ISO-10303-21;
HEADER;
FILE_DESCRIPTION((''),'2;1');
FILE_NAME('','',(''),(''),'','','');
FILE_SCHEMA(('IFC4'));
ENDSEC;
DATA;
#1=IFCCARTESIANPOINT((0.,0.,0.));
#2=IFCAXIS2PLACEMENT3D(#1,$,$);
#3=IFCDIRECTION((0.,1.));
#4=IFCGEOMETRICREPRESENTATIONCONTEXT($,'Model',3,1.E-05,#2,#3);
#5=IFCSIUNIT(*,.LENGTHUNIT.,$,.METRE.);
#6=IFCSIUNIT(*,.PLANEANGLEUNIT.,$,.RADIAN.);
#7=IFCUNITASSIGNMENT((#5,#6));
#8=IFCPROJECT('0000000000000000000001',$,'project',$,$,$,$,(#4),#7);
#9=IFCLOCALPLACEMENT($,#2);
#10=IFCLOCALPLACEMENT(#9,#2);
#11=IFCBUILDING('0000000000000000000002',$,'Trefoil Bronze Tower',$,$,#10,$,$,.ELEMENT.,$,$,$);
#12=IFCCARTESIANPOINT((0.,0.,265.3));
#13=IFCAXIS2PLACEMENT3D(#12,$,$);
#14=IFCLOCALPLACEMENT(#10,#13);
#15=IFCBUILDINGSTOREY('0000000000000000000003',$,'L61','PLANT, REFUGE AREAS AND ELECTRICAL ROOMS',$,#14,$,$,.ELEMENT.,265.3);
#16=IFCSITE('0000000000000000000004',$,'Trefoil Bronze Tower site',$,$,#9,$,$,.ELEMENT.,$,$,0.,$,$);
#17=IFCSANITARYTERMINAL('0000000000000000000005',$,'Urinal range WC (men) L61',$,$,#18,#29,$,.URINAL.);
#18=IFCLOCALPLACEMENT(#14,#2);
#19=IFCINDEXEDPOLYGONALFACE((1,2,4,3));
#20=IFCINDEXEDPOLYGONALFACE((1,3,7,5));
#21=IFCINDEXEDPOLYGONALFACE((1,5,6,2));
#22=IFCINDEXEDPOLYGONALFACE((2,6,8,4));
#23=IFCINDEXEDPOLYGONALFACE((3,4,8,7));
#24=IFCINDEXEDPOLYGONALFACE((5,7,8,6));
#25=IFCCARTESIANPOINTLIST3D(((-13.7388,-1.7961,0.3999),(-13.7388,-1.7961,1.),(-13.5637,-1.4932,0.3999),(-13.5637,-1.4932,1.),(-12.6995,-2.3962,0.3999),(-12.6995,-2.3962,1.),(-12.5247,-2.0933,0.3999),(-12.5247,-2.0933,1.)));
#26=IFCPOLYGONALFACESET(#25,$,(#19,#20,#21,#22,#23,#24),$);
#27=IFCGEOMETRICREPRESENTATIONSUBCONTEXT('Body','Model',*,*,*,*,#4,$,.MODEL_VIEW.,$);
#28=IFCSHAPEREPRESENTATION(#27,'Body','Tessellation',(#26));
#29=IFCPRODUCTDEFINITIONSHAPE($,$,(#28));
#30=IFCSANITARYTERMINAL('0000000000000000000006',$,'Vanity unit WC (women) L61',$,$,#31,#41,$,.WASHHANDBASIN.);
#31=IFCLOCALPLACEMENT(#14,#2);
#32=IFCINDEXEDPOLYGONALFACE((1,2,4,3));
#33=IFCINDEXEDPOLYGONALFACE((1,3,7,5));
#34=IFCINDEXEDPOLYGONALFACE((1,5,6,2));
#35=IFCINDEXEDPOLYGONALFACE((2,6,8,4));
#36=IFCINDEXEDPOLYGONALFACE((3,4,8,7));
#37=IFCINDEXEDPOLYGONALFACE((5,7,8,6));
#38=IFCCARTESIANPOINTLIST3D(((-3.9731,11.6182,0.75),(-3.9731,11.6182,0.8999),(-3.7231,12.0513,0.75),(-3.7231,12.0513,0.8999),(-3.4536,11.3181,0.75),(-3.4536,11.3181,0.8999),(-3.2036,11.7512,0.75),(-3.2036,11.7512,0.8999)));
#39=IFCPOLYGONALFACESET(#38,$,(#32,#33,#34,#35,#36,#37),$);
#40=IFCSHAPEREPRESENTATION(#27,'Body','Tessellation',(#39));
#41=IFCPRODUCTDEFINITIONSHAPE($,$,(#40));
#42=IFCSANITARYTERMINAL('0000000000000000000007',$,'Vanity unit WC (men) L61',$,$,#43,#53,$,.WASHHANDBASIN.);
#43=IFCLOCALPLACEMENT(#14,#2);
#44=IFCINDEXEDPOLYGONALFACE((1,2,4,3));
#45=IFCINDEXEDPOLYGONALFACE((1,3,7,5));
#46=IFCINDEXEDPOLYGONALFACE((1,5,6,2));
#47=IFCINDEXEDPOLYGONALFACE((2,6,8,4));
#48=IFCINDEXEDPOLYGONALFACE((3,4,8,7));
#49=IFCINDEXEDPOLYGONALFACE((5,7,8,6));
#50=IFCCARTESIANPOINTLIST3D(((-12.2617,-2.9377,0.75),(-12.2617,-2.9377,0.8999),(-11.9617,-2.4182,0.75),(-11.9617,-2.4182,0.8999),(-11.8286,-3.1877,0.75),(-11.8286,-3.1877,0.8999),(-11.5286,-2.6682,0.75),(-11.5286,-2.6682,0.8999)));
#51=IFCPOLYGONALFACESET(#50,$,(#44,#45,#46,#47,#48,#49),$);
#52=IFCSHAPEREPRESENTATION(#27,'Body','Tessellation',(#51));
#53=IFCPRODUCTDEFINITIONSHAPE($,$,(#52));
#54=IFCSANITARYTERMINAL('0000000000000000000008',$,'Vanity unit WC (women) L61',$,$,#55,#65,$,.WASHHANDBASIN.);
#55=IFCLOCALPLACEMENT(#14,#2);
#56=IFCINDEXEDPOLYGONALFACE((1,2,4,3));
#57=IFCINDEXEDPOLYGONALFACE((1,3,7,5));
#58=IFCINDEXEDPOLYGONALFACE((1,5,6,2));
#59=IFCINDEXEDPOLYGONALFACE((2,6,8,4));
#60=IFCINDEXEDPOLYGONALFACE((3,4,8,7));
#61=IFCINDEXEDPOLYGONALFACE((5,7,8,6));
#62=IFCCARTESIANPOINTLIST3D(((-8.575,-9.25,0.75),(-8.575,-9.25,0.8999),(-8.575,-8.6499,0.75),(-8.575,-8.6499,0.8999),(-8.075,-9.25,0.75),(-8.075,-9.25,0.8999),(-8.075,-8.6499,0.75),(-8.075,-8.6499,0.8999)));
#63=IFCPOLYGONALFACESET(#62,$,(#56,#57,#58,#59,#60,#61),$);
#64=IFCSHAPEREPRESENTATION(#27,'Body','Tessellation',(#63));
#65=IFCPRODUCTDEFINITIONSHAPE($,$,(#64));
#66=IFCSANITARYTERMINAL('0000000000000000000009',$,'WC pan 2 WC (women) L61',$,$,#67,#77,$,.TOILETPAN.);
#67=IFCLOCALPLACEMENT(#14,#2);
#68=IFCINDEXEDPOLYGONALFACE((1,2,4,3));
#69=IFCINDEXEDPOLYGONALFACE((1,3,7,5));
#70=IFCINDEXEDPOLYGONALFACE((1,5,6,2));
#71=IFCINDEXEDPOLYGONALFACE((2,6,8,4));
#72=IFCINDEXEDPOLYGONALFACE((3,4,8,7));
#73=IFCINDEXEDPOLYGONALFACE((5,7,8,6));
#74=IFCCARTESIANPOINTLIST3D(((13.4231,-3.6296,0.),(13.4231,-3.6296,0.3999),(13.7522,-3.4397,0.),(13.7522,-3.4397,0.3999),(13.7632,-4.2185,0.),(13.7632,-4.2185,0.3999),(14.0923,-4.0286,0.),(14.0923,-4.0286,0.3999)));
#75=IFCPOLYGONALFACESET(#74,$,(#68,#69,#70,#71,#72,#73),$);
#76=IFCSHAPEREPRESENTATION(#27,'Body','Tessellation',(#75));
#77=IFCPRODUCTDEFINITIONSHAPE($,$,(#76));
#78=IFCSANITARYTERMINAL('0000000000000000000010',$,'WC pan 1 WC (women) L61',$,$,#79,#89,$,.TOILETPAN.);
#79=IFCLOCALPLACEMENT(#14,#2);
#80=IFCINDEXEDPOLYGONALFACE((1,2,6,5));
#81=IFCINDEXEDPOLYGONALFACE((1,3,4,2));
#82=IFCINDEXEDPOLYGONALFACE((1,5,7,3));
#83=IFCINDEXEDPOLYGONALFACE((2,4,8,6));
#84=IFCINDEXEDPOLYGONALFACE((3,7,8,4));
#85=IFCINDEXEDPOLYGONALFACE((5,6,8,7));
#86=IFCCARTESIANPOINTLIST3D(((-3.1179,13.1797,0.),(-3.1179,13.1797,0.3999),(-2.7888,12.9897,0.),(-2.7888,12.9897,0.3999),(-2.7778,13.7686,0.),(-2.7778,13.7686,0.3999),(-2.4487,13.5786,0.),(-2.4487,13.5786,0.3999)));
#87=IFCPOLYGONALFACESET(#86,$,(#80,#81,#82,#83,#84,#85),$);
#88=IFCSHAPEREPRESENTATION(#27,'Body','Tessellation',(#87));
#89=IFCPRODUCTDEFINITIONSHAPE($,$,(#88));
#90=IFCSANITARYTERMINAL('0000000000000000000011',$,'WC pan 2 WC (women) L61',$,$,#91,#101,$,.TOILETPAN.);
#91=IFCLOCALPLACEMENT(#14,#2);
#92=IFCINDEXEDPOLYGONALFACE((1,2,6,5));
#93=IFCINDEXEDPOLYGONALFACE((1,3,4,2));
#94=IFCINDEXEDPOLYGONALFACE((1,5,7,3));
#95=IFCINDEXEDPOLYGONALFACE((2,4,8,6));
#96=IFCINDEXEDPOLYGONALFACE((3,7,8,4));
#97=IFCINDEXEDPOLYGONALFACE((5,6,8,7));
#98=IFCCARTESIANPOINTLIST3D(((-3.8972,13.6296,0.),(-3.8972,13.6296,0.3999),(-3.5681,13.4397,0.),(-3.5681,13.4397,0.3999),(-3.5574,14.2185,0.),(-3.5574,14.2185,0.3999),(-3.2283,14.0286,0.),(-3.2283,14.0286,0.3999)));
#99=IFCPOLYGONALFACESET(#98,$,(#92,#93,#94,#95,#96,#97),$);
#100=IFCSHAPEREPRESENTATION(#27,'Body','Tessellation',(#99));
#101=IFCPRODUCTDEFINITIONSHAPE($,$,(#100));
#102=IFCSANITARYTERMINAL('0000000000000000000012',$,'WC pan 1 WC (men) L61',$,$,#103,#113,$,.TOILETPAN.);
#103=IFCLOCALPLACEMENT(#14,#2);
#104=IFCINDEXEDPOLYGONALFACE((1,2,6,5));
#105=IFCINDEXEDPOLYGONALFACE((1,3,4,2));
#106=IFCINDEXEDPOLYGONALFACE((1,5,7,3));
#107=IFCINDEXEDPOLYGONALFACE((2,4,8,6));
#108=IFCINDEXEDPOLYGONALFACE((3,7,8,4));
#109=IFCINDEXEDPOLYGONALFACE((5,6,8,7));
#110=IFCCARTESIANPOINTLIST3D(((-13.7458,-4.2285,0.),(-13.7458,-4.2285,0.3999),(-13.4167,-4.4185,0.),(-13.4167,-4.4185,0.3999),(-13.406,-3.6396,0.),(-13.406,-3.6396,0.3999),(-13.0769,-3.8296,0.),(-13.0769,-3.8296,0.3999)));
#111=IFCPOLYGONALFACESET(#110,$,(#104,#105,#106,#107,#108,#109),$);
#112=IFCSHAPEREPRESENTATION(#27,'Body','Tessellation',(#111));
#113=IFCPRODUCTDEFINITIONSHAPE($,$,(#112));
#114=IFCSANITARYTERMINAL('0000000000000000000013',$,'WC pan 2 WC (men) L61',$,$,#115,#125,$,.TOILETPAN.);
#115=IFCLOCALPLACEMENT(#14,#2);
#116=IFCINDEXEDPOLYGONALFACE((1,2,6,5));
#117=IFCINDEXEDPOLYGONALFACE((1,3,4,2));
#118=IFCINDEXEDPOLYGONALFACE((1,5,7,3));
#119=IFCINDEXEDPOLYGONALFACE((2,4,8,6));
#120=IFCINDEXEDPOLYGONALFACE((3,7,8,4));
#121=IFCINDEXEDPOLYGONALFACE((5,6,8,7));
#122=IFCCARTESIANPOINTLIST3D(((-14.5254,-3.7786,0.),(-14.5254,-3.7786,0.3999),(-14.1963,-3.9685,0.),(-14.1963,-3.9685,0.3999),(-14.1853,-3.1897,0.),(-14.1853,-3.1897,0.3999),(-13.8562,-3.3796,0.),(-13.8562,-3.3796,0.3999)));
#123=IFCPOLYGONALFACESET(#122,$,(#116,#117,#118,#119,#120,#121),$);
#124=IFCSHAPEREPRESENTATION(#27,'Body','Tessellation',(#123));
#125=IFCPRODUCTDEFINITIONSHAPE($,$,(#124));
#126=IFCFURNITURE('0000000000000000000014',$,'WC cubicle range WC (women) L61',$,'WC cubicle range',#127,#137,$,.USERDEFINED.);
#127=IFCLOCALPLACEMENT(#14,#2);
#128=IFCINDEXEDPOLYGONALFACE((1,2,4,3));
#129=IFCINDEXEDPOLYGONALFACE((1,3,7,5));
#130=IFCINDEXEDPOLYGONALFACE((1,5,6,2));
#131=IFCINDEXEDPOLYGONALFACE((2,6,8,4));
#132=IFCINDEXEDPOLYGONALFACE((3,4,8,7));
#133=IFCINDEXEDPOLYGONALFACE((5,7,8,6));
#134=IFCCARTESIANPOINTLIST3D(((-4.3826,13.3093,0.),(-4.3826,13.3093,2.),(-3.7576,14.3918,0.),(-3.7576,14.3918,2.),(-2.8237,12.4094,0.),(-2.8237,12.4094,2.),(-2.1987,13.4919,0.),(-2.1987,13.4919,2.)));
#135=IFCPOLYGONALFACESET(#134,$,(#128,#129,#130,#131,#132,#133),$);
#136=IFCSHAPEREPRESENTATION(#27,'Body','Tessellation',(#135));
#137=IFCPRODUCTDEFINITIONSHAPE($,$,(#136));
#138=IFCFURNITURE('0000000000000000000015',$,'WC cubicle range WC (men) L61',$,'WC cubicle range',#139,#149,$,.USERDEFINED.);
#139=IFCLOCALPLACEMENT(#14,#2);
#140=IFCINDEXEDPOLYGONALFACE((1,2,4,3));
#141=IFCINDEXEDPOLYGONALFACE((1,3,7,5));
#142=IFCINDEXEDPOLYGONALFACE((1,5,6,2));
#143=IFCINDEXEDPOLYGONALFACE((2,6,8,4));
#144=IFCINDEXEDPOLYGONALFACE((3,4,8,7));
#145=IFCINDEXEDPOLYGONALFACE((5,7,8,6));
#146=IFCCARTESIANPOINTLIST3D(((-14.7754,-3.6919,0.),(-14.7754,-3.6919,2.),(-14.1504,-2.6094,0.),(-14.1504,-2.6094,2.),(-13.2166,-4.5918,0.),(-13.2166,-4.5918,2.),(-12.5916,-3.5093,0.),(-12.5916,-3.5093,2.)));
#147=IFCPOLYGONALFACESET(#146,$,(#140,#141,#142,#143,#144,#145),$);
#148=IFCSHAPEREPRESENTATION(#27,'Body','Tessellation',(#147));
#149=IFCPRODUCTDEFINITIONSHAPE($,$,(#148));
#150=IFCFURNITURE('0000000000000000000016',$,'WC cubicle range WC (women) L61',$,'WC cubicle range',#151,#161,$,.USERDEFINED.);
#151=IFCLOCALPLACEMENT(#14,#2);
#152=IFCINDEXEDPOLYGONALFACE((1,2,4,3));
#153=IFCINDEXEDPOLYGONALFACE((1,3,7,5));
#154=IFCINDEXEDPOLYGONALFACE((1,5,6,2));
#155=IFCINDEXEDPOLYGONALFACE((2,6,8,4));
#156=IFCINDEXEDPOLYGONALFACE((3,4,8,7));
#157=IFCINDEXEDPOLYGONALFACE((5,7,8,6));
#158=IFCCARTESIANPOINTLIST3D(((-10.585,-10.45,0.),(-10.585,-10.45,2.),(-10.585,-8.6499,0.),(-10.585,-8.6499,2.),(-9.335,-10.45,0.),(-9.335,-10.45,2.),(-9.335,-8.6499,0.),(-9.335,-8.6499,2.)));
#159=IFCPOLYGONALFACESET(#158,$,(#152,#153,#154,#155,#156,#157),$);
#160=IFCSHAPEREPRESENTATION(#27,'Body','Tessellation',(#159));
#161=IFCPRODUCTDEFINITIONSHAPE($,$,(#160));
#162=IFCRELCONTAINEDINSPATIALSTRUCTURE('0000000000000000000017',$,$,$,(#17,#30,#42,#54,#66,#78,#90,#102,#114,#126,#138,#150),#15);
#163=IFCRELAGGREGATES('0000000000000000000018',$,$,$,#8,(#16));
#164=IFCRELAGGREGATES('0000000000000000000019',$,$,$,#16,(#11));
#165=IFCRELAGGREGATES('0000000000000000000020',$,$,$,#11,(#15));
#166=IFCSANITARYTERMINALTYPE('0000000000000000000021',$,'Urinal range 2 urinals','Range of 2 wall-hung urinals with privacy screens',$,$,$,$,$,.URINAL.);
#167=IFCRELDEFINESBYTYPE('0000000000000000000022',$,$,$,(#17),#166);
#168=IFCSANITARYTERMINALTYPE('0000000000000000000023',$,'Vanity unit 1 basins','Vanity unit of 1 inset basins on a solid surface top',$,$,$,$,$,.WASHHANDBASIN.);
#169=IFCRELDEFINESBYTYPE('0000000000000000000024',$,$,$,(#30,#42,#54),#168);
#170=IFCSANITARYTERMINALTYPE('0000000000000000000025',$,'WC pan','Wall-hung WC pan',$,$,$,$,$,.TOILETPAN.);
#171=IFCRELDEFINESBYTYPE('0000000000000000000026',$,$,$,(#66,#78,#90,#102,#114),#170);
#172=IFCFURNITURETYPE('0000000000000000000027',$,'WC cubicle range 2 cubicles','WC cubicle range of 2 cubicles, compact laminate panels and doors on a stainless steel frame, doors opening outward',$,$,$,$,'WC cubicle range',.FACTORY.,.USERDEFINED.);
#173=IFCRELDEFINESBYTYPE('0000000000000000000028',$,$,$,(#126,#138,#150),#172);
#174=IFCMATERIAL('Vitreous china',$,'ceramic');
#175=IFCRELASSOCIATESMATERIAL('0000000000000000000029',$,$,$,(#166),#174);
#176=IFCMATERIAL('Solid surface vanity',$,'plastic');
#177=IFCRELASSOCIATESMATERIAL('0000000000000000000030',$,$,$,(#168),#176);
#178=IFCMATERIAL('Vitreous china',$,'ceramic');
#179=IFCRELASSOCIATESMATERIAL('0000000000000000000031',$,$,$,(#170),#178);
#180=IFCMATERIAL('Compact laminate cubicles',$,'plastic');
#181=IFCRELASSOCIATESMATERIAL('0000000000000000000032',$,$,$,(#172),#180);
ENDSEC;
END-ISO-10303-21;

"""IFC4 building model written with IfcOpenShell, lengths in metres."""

from ifc_helpers import new_model, si_unit, direction, frame, origin, place, context, subcontext, project, spatial, polyline, outline, extrude, material, type_object, element, save


model = new_model("IFC4")

# Units and contexts
model_context = context("Model", 3, precision=1e-05, world=origin(), true_north=direction((0.0, 1.0)))
body_context = subcontext(model_context, "Body", "Model", "MODEL_VIEW")
ifc_project = project(units=[si_unit("LENGTHUNIT", "METRE"), si_unit("PLANEANGLEUNIT", "RADIAN")], contexts=[model_context])

# Site, building, storey
site_placement = place(None, origin())
site = spatial("IfcSite", under=ifc_project, at=site_placement, Name="Trefoil Bronze Tower site", CompositionType="ELEMENT", RefElevation=0.0)
building_placement = place(site_placement, origin())
building = spatial("IfcBuilding", under=site, at=building_placement, Name="Trefoil Bronze Tower", CompositionType="ELEMENT")
storey_placement = place(building_placement, frame((0.0, 0.0, 265.3)))
storey = spatial("IfcBuildingStorey", under=building, at=storey_placement, Name="L61", Description="PLANT, REFUGE AREAS AND ELECTRICAL ROOMS", CompositionType="ELEMENT", Elevation=265.3)

# Sanitary terminals
ifc_material_1 = material(Name="Vitreous china", Category="ceramic")
sanitary_terminal_type_1 = type_object("IfcSanitaryTerminalType", Name="Urinal range 2 urinals", Description="Range of 2 wall-hung urinals with privacy screens", PredefinedType="URINAL", material=ifc_material_1)
sanitary_terminal_1_placement = place(storey_placement, frame((0.0, 0.0, 0.3999)))
element("IfcSanitaryTerminal", 1, at=sanitary_terminal_1_placement, inside=storey, type_object=sanitary_terminal_type_1, Name="Urinal range WC (men) L61", PredefinedType="URINAL", context=body_context, shape_type="SweptSolid", body=[
    extrude(outline(polyline([(-12.5247, -2.0933), (-12.6995, -2.3962), (-13.7388, -1.7961), (-13.5637, -1.4932), (-12.5247, -2.0933)])), origin(), (0.0, 0.0, 1.0), 0.6001),
])
ifc_material_2 = material(Name="Solid surface vanity", Category="plastic")
sanitary_terminal_type_2 = type_object("IfcSanitaryTerminalType", Name="Vanity unit 1 basins", Description="Vanity unit of 1 inset basins on a solid surface top", PredefinedType="WASHHANDBASIN", material=ifc_material_2)
sanitary_terminal_2_placement = place(storey_placement, frame((0.0, 0.0, 0.75)))
element("IfcSanitaryTerminal", 2, at=sanitary_terminal_2_placement, inside=storey, type_object=sanitary_terminal_type_2, Name="Vanity unit WC (women) L61", PredefinedType="WASHHANDBASIN", context=body_context, shape_type="SweptSolid", body=[
    extrude(outline(polyline([(-3.4536, 11.3181), (-3.2036, 11.7512), (-3.7231, 12.0513), (-3.9731, 11.6182), (-3.4536, 11.3181)])), origin(), (0.0, 0.0, 1.0), 0.1499),
])
sanitary_terminal_3_placement = place(storey_placement, frame((0.0, 0.0, 0.75)))
element("IfcSanitaryTerminal", 3, at=sanitary_terminal_3_placement, inside=storey, type_object=sanitary_terminal_type_2, Name="Vanity unit WC (men) L61", PredefinedType="WASHHANDBASIN", context=body_context, shape_type="SweptSolid", body=[
    extrude(outline(polyline([(-11.5286, -2.6682), (-11.8286, -3.1877), (-12.2617, -2.9377), (-11.9617, -2.4182), (-11.5286, -2.6682)])), origin(), (0.0, 0.0, 1.0), 0.1499),
])
sanitary_terminal_4_placement = place(storey_placement, frame((0.0, 0.0, 0.75)))
element("IfcSanitaryTerminal", 4, at=sanitary_terminal_4_placement, inside=storey, type_object=sanitary_terminal_type_2, Name="Vanity unit WC (women) L61", PredefinedType="WASHHANDBASIN", context=body_context, shape_type="SweptSolid", body=[
    extrude(outline(polyline([(-8.075, -8.6499), (-8.575, -8.6499), (-8.575, -9.25), (-8.075, -9.25), (-8.075, -8.6499)])), origin(), (0.0, 0.0, 1.0), 0.1499),
])
ifc_material_3 = material(Name="Vitreous china", Category="ceramic")
sanitary_terminal_type_3 = type_object("IfcSanitaryTerminalType", Name="WC pan", Description="Wall-hung WC pan", PredefinedType="TOILETPAN", material=ifc_material_3)
sanitary_terminal_5_placement = place(storey_placement, origin())
element("IfcSanitaryTerminal", 5, at=sanitary_terminal_5_placement, inside=storey, type_object=sanitary_terminal_type_3, Name="WC pan 2 WC (women) L61", PredefinedType="TOILETPAN", context=body_context, shape_type="SweptSolid", body=[
    extrude(outline(polyline([(13.4231, -3.6296), (13.7632, -4.2185), (14.0923, -4.0286), (13.7522, -3.4397), (13.4231, -3.6296)])), origin(), (0.0, 0.0, 1.0), 0.3999),
])
sanitary_terminal_6_placement = place(storey_placement, origin())
element("IfcSanitaryTerminal", 6, at=sanitary_terminal_6_placement, inside=storey, type_object=sanitary_terminal_type_3, Name="WC pan 1 WC (women) L61", PredefinedType="TOILETPAN", context=body_context, shape_type="SweptSolid", body=[
    extrude(outline(polyline([(-2.7888, 12.9897), (-2.4487, 13.5786), (-2.7778, 13.7686), (-3.1179, 13.1797), (-2.7888, 12.9897)])), origin(), (0.0, 0.0, 1.0), 0.3999),
])
sanitary_terminal_7_placement = place(storey_placement, origin())
element("IfcSanitaryTerminal", 7, at=sanitary_terminal_7_placement, inside=storey, type_object=sanitary_terminal_type_3, Name="WC pan 2 WC (women) L61", PredefinedType="TOILETPAN", context=body_context, shape_type="SweptSolid", body=[
    extrude(outline(polyline([(-3.5681, 13.4397), (-3.2283, 14.0286), (-3.5574, 14.2185), (-3.8972, 13.6296), (-3.5681, 13.4397)])), origin(), (0.0, 0.0, 1.0), 0.3999),
])
sanitary_terminal_8_placement = place(storey_placement, origin())
element("IfcSanitaryTerminal", 8, at=sanitary_terminal_8_placement, inside=storey, type_object=sanitary_terminal_type_3, Name="WC pan 1 WC (men) L61", PredefinedType="TOILETPAN", context=body_context, shape_type="SweptSolid", body=[
    extrude(outline(polyline([(-13.0769, -3.8296), (-13.4167, -4.4185), (-13.7458, -4.2285), (-13.406, -3.6396), (-13.0769, -3.8296)])), origin(), (0.0, 0.0, 1.0), 0.3999),
])
sanitary_terminal_9_placement = place(storey_placement, origin())
element("IfcSanitaryTerminal", 9, at=sanitary_terminal_9_placement, inside=storey, type_object=sanitary_terminal_type_3, Name="WC pan 2 WC (men) L61", PredefinedType="TOILETPAN", context=body_context, shape_type="SweptSolid", body=[
    extrude(outline(polyline([(-13.8562, -3.3796), (-14.1963, -3.9685), (-14.5254, -3.7786), (-14.1853, -3.1897), (-13.8562, -3.3796)])), origin(), (0.0, 0.0, 1.0), 0.3999),
])

# Furniture
ifc_material_4 = material(Name="Compact laminate cubicles", Category="plastic")
furniture_type = type_object("IfcFurnitureType", Name="WC cubicle range 2 cubicles", Description="WC cubicle range of 2 cubicles, compact laminate panels and doors on a stainless steel frame, doors opening outward", ElementType="WC cubicle range", AssemblyPlace="FACTORY", PredefinedType="USERDEFINED", material=ifc_material_4)
furniture_1_placement = place(storey_placement, origin())
element("IfcFurniture", 10, at=furniture_1_placement, inside=storey, type_object=furniture_type, Name="WC cubicle range WC (women) L61", ObjectType="WC cubicle range", PredefinedType="USERDEFINED", context=body_context, shape_type="SweptSolid", body=[
    extrude(outline(polyline([(-2.8237, 12.4094), (-2.1987, 13.4919), (-3.7576, 14.3918), (-4.3826, 13.3093), (-2.8237, 12.4094)])), origin(), (0.0, 0.0, 1.0), 2.0),
])
furniture_2_placement = place(storey_placement, origin())
element("IfcFurniture", 11, at=furniture_2_placement, inside=storey, type_object=furniture_type, Name="WC cubicle range WC (men) L61", ObjectType="WC cubicle range", PredefinedType="USERDEFINED", context=body_context, shape_type="SweptSolid", body=[
    extrude(outline(polyline([(-12.5916, -3.5093), (-13.2166, -4.5918), (-14.7754, -3.6919), (-14.1504, -2.6094), (-12.5916, -3.5093)])), origin(), (0.0, 0.0, 1.0), 2.0),
])
furniture_3_placement = place(storey_placement, origin())
element("IfcFurniture", 12, at=furniture_3_placement, inside=storey, type_object=furniture_type, Name="WC cubicle range WC (women) L61", ObjectType="WC cubicle range", PredefinedType="USERDEFINED", context=body_context, shape_type="SweptSolid", body=[
    extrude(outline(polyline([(-9.335, -8.6499), (-10.585, -8.6499), (-10.585, -10.45), (-9.335, -10.45), (-9.335, -8.6499)])), origin(), (0.0, 0.0, 1.0), 2.0),
])

save(model, "model.ifc")
